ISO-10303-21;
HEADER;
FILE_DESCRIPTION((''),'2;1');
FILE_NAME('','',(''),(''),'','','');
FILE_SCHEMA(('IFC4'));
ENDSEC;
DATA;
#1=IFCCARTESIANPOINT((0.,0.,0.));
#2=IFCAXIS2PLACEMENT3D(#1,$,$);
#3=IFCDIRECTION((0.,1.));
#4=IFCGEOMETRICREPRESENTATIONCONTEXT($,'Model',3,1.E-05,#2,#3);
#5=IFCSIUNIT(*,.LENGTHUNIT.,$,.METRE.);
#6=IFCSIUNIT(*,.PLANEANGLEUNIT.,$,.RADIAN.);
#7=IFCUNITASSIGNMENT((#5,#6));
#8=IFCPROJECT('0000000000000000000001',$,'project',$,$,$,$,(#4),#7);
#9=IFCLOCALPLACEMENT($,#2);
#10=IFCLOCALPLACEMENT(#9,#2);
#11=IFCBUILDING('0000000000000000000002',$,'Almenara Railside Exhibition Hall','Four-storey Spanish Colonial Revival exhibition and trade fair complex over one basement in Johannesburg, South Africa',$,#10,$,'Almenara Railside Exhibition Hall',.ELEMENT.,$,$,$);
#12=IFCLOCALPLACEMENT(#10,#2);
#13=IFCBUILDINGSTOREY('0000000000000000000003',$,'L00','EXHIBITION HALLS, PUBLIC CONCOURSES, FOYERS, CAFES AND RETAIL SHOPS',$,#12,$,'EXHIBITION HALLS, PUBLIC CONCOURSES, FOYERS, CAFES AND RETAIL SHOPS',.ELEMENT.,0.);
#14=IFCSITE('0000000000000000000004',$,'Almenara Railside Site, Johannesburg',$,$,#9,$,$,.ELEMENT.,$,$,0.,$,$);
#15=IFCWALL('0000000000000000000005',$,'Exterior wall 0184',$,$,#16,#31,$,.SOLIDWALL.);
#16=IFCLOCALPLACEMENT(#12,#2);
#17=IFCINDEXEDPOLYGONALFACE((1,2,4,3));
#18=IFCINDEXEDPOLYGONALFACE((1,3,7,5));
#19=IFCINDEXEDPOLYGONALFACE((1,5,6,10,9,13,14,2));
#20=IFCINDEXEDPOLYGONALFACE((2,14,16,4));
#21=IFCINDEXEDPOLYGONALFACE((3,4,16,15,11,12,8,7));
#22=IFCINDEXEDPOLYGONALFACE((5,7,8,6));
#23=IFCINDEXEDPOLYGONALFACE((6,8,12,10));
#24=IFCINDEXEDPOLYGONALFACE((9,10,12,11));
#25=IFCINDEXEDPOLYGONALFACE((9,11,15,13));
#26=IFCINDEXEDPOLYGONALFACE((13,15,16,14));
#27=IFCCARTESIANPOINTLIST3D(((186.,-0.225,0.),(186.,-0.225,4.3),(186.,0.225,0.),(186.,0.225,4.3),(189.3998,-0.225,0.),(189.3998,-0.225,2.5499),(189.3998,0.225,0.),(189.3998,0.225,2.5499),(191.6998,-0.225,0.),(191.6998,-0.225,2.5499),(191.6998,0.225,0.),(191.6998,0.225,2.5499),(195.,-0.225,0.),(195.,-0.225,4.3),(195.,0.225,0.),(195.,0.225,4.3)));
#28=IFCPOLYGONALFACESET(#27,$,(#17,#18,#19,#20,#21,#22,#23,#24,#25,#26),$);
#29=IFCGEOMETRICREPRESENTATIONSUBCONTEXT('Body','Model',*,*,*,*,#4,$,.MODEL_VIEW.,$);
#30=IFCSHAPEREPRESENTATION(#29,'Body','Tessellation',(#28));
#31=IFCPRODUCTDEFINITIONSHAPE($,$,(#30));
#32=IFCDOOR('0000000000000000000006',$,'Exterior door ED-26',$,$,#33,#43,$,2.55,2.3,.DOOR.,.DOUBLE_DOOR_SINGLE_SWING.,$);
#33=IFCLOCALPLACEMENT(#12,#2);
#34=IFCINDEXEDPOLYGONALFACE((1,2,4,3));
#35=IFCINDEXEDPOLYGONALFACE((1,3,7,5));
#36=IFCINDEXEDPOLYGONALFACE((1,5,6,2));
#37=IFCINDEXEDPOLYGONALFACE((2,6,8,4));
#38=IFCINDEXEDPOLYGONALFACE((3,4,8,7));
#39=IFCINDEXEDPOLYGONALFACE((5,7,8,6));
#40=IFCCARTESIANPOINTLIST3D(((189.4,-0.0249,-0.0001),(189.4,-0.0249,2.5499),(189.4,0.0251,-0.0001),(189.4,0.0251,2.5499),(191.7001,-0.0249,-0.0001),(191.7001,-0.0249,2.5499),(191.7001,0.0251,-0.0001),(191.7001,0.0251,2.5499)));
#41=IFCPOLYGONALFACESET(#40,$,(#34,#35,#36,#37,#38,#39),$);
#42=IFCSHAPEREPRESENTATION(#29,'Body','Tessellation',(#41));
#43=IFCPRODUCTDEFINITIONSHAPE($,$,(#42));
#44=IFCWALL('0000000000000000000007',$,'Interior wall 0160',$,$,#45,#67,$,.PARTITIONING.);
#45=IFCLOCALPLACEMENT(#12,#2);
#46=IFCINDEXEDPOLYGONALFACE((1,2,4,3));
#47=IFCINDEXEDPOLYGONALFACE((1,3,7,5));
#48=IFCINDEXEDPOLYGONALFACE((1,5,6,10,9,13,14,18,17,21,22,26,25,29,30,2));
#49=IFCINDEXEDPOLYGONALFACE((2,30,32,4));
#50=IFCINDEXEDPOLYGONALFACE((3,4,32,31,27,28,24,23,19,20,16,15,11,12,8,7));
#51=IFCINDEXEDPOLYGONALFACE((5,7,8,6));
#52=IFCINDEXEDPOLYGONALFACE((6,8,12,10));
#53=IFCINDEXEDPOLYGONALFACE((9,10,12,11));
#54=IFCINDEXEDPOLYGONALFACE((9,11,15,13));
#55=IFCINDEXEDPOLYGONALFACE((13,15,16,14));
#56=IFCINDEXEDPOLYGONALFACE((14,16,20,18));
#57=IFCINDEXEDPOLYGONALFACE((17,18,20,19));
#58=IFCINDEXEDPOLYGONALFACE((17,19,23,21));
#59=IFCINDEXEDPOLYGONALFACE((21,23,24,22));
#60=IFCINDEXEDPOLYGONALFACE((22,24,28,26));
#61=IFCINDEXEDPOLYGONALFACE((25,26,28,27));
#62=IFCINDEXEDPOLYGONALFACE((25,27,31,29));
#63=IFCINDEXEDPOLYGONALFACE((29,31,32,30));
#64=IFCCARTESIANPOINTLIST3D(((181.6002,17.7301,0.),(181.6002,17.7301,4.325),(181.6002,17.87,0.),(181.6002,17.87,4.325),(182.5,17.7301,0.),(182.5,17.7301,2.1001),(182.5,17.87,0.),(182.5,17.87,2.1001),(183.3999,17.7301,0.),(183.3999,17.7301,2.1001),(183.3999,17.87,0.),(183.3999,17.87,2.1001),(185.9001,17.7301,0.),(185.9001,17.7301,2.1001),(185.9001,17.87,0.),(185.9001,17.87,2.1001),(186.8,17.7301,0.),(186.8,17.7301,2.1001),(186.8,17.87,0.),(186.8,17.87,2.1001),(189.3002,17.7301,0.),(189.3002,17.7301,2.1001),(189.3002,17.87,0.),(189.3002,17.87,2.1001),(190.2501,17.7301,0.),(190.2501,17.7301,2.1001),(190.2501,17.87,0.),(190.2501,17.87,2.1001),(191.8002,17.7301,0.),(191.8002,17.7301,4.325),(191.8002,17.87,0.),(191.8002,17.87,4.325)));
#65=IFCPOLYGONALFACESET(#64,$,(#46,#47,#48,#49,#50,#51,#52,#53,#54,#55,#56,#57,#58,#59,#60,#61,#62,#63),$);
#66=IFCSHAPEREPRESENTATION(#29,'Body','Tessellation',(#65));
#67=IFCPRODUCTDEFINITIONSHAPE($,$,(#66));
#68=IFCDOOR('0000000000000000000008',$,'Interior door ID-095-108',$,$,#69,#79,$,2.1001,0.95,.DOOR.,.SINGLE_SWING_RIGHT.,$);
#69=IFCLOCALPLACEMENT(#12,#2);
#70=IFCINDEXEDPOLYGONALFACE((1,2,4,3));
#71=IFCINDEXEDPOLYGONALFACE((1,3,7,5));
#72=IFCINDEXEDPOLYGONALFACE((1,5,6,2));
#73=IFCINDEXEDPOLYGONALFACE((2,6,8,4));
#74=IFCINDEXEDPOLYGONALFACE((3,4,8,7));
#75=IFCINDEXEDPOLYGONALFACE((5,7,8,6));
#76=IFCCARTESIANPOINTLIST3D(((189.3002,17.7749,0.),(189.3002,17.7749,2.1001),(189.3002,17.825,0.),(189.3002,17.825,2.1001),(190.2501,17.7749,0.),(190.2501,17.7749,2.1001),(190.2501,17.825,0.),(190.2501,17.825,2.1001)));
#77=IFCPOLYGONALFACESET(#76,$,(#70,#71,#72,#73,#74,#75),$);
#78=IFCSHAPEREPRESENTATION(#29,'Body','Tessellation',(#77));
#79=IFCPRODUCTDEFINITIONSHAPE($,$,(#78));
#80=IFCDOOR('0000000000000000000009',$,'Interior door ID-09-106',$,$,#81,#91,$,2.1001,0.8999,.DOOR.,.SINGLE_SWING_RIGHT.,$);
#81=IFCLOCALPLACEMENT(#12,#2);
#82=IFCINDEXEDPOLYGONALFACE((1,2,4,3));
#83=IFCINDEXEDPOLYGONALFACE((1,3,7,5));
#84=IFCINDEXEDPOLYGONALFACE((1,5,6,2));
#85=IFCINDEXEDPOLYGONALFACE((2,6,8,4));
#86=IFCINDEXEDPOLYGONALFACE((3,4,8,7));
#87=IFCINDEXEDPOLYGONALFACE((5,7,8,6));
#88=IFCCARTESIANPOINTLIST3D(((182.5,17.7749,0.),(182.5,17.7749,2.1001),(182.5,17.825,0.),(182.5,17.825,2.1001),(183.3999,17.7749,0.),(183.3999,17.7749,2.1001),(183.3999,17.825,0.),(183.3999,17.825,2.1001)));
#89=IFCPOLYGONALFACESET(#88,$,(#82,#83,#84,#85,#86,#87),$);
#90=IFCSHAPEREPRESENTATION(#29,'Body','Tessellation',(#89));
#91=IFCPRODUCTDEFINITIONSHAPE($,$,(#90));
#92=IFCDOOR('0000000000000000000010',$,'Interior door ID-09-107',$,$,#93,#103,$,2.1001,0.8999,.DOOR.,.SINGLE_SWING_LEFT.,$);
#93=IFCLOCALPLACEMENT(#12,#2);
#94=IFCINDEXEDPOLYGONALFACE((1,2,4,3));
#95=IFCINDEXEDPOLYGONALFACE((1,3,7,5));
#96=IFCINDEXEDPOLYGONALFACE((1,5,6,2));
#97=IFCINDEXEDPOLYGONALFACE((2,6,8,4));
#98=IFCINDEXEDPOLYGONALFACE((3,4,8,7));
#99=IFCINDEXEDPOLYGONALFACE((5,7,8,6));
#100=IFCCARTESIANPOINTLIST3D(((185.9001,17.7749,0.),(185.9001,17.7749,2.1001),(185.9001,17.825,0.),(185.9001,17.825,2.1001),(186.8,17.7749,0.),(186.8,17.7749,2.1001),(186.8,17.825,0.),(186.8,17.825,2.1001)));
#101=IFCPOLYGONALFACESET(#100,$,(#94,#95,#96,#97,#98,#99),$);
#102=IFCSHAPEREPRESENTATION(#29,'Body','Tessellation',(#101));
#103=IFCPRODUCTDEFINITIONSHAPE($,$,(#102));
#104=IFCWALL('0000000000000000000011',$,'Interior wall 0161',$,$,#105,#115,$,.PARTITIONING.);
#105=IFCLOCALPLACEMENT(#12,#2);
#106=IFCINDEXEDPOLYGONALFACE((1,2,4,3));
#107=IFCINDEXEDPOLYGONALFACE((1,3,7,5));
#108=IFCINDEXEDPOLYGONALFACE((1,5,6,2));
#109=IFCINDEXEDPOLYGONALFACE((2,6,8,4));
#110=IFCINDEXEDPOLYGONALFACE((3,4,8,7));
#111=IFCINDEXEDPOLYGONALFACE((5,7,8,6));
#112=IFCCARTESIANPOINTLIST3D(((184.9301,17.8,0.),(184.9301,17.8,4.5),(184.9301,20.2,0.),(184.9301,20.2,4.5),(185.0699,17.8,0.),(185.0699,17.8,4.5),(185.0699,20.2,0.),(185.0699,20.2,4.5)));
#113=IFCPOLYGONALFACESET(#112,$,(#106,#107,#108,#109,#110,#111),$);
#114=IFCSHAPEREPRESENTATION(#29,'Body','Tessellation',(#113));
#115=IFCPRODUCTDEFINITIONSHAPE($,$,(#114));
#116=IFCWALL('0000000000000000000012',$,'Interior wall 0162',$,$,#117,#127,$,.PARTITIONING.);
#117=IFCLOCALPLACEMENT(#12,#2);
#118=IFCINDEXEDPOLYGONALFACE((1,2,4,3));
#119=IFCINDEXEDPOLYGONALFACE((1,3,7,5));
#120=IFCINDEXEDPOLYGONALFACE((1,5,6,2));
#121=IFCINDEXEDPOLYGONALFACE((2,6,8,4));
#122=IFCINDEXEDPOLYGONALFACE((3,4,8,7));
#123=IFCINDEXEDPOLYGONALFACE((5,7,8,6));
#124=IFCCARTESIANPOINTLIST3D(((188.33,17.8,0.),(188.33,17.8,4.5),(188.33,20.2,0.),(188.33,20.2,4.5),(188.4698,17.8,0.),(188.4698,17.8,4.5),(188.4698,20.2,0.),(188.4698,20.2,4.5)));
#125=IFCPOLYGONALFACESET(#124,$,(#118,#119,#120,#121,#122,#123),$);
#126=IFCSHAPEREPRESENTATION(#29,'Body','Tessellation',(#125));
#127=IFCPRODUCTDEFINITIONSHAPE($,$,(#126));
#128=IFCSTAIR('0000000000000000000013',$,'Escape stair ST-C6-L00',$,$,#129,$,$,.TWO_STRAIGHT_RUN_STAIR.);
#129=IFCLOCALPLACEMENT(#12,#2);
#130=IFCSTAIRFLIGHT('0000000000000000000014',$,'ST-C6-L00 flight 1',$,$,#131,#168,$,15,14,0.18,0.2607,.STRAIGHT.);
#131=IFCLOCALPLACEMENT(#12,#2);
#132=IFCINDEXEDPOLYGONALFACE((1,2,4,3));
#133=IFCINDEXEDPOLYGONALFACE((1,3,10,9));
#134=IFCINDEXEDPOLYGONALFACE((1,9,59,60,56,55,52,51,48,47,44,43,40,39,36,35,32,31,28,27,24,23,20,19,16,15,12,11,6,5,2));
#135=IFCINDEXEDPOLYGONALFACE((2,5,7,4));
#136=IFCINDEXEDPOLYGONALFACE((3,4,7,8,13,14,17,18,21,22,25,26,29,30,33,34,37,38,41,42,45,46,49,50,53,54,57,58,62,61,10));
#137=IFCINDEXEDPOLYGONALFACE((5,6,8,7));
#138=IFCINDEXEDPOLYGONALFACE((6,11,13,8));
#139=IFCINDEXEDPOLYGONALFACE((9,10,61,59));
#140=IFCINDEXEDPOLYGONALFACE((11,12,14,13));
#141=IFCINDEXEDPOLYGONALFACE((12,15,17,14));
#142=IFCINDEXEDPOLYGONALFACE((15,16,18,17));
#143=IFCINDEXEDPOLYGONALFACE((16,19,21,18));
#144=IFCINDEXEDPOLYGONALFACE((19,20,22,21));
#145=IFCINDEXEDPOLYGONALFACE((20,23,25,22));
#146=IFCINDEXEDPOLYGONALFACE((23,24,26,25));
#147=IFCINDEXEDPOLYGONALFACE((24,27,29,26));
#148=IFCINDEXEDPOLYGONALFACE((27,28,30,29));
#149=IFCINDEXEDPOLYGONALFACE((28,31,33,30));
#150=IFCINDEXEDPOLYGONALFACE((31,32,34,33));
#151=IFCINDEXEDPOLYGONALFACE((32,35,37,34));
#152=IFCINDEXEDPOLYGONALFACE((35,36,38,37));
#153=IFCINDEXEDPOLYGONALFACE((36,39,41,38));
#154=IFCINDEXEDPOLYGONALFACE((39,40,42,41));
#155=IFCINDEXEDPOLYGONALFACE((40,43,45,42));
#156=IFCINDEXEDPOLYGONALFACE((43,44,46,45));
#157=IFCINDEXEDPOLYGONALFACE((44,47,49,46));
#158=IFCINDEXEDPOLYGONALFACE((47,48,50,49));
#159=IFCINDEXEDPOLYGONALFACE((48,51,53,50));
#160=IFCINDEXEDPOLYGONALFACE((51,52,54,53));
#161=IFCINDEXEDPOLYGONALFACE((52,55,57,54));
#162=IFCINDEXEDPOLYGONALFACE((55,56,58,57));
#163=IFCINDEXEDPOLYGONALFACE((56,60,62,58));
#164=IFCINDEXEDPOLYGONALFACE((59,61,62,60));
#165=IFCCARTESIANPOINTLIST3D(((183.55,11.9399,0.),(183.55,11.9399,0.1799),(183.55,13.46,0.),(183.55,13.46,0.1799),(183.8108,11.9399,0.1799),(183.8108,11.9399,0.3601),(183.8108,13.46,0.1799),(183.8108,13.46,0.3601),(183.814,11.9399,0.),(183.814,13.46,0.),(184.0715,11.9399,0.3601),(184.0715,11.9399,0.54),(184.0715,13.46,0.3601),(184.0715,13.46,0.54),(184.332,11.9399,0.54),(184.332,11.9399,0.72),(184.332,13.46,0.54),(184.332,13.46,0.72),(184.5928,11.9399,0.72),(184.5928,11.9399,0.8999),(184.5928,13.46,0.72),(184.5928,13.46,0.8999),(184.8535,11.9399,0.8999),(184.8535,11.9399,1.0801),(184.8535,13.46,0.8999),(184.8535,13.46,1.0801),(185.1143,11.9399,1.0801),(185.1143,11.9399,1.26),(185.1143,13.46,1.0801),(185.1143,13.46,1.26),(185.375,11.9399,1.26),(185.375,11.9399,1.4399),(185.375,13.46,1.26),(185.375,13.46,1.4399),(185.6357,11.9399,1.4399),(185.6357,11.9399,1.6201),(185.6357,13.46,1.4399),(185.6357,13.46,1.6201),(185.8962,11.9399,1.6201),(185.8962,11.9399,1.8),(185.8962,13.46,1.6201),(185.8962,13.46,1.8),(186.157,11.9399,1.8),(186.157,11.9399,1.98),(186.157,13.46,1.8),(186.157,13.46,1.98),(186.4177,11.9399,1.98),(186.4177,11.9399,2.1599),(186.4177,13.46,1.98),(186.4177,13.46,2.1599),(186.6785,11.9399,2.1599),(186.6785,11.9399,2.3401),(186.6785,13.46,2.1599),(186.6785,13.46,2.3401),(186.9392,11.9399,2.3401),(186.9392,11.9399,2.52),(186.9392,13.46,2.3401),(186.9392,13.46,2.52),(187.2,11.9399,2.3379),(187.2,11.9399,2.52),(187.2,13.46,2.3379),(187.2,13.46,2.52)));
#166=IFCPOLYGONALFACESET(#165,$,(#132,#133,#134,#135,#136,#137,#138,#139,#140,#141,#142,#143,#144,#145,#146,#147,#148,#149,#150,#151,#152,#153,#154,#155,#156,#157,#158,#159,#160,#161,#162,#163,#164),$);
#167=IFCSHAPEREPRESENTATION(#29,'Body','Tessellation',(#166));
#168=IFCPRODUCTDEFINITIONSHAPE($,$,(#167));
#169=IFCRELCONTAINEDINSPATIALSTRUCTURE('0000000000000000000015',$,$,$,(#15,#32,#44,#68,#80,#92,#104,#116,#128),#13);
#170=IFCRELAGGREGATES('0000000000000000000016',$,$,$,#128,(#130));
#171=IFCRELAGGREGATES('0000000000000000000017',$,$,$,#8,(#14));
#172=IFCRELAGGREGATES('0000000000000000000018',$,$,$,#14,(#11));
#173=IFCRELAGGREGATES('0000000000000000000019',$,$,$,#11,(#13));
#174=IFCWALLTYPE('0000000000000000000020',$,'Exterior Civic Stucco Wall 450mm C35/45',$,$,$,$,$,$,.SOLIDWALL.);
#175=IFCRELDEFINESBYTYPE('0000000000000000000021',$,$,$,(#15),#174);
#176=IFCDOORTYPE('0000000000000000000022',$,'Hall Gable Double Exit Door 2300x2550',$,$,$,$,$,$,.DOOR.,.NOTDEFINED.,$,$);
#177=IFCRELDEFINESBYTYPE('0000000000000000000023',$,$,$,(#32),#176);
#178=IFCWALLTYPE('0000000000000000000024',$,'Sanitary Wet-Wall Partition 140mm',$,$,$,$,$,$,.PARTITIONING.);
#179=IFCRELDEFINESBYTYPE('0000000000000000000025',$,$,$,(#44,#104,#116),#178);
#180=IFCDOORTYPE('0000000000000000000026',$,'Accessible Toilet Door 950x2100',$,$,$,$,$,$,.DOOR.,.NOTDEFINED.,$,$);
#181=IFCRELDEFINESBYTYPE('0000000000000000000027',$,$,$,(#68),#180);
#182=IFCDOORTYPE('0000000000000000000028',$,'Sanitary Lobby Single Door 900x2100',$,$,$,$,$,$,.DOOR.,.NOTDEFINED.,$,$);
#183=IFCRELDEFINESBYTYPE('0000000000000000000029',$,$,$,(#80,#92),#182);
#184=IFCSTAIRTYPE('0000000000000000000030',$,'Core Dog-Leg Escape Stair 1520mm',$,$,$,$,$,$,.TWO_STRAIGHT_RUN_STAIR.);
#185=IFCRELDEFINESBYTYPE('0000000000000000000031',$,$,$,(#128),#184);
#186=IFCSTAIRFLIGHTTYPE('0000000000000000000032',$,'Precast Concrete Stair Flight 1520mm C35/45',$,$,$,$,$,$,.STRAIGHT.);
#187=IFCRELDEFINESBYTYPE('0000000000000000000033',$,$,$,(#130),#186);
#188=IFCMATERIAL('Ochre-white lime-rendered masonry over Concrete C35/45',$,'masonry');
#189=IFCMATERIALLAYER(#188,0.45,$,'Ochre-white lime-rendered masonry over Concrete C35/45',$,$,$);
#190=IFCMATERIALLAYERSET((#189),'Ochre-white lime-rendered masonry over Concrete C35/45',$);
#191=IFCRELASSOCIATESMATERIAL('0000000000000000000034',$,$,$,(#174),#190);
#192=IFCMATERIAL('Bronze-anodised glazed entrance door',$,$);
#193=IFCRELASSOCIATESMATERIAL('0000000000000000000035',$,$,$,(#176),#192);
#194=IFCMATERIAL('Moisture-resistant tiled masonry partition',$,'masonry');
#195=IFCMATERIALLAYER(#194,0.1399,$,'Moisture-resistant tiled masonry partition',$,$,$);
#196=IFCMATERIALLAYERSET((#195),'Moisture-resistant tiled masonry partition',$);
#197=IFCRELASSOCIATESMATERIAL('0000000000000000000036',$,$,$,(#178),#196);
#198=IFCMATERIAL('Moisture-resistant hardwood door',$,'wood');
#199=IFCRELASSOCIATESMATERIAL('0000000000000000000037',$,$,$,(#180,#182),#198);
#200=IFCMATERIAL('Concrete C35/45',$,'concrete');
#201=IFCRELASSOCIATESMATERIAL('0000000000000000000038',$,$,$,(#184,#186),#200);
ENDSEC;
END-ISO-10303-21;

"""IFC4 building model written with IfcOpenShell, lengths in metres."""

from ifc_helpers import new_model, si_unit, direction, frame, frame_2d, origin, place, context, subcontext, project, spatial, polyline, rectangle, outline, extrude, material, layer, layer_set, type_object, element, fill, aggregate, save


model = new_model("IFC4")

# Units and contexts
model_context = context("Model", 3, precision=1e-05, world=origin(), true_north=direction((0.0, 1.0)))
body_context = subcontext(model_context, "Body", "Model", "MODEL_VIEW")
ifc_project = project(units=[si_unit("LENGTHUNIT", "METRE"), si_unit("PLANEANGLEUNIT", "RADIAN")], contexts=[model_context])

# Site, building, storey
site_placement = place(None, origin())
site = spatial("IfcSite", under=ifc_project, at=site_placement, Name="Almenara Railside Site, Johannesburg", CompositionType="ELEMENT", RefElevation=0.0)
building_placement = place(site_placement, origin())
building = spatial("IfcBuilding", under=site, at=building_placement, Name="Almenara Railside Exhibition Hall", Description="Four-storey Spanish Colonial Revival exhibition and trade fair complex over one basement in Johannesburg, South Africa", LongName="Almenara Railside Exhibition Hall", CompositionType="ELEMENT")
storey_placement = place(building_placement, origin())
storey = spatial("IfcBuildingStorey", under=building, at=storey_placement, Name="L00", Description="EXHIBITION HALLS, PUBLIC CONCOURSES, FOYERS, CAFES AND RETAIL SHOPS", LongName="EXHIBITION HALLS, PUBLIC CONCOURSES, FOYERS, CAFES AND RETAIL SHOPS", CompositionType="ELEMENT", Elevation=0.0)

# Shared definitions
ifc_material_1 = material(Name="Concrete C35/45", Category="concrete")

# Wall, opening, door
ifc_material_2 = material(Name="Ochre-white lime-rendered masonry over Concrete C35/45", Category="masonry")
ifc_layer_1 = layer(ifc_material_2, 0.45, Name="Ochre-white lime-rendered masonry over Concrete C35/45")
ifc_layer_set_1 = layer_set([ifc_layer_1], Name="Ochre-white lime-rendered masonry over Concrete C35/45")
wall_type_1 = type_object("IfcWallType", Name="Exterior Civic Stucco Wall 450mm C35/45", PredefinedType="SOLIDWALL", material=ifc_layer_set_1)
wall_1_placement = place(storey_placement, frame((186.0, 0.0, 0.0), z_axis=(0.0, 0.0, 1.0), x_axis=(1.0, 0.0, 0.0)))
wall_1 = element("IfcWall", 1, at=wall_1_placement, inside=storey, type_object=wall_type_1, Name="Exterior wall 0184", PredefinedType="SOLIDWALL", context=body_context, shape_type="SweptSolid", body=[
    extrude(rectangle(XDim=9.0, YDim=0.45, at=frame_2d((4.5, 0.0))), origin(), (0.0, 0.0, 1.0), 4.3),
])
opening_1_placement = place(wall_1_placement, frame((3.3999, 0.0, 0.0)))
opening_1 = element("IfcOpeningElement", 2, at=opening_1_placement, cuts=wall_1, PredefinedType="OPENING", context=body_context, shape_type="SweptSolid", body=[
    extrude(rectangle(XDim=2.3, YDim=2.55, at=frame_2d((1.1499, 1.2749))), frame((0.0, 0.2349, 0.0), z_axis=(0.0, -1.0, 0.0), x_axis=(1.0, 0.0, 0.0)), (0.0, 0.0, 1.0), 0.47),
])
ifc_material_3 = material(Name="Bronze-anodised glazed entrance door")
door_type_1 = type_object("IfcDoorType", Name="Hall Gable Double Exit Door 2300x2550", OperationType="NOTDEFINED", PredefinedType="DOOR", material=ifc_material_3)
door_1_placement = place(opening_1_placement, frame((2.3, 0.0, 0.0), z_axis=(0.0, 0.0, 1.0), x_axis=(-1.0, 0.0, 0.0)))
door_1 = element("IfcDoor", 3, at=door_1_placement, inside=storey, type_object=door_type_1, Name="Exterior door ED-26", OperationType="DOUBLE_DOOR_SINGLE_SWING", OverallHeight=2.55, OverallWidth=2.3, PredefinedType="DOOR", context=body_context, shape_type="SweptSolid", body=[
    extrude(rectangle(XDim=2.3, YDim=2.55, at=frame_2d((1.1499, 1.2749))), frame((0.0, 0.0249, 0.0), z_axis=(0.0, -1.0, 0.0), x_axis=(1.0, 0.0, 0.0)), (0.0, 0.0, 1.0), 0.05),
])
fill(opening_1, door_1)

# Wall, openings, doors
ifc_material_4 = material(Name="Moisture-resistant tiled masonry partition", Category="masonry")
ifc_layer_2 = layer(ifc_material_4, 0.1399, Name="Moisture-resistant tiled masonry partition")
ifc_layer_set_2 = layer_set([ifc_layer_2], Name="Moisture-resistant tiled masonry partition")
wall_type_2 = type_object("IfcWallType", Name="Sanitary Wet-Wall Partition 140mm", PredefinedType="PARTITIONING", material=ifc_layer_set_2)
wall_2_placement = place(storey_placement, frame((181.6001, 17.8, 0.0), z_axis=(0.0, 0.0, 1.0), x_axis=(1.0, 0.0, 0.0)))
wall_2 = element("IfcWall", 4, at=wall_2_placement, inside=storey, type_object=wall_type_2, Name="Interior wall 0160", PredefinedType="PARTITIONING", context=body_context, shape_type="SweptSolid", body=[
    extrude(rectangle(XDim=10.2, YDim=0.1399, at=frame_2d((5.1001, 0.0))), origin(), (0.0, 0.0, 1.0), 4.325),
])
opening_2_placement = place(wall_2_placement, frame((0.8999, 0.0, 0.0)))
opening_2 = element("IfcOpeningElement", 5, at=opening_2_placement, cuts=wall_2, PredefinedType="OPENING", context=body_context, shape_type="SweptSolid", body=[
    extrude(rectangle(XDim=0.8999, YDim=2.1001, at=frame_2d((0.45, 1.05))), frame((0.0, 0.0798, 0.0), z_axis=(0.0, -1.0, 0.0), x_axis=(1.0, 0.0, 0.0)), (0.0, 0.0, 1.0), 0.1599),
])
opening_3_placement = place(wall_2_placement, frame((4.3, 0.0, 0.0)))
opening_3 = element("IfcOpeningElement", 6, at=opening_3_placement, cuts=wall_2, PredefinedType="OPENING", context=body_context, shape_type="SweptSolid", body=[
    extrude(rectangle(XDim=0.8999, YDim=2.1001, at=frame_2d((0.45, 1.05))), frame((0.0, 0.0798, 0.0), z_axis=(0.0, -1.0, 0.0), x_axis=(1.0, 0.0, 0.0)), (0.0, 0.0, 1.0), 0.1599),
])
opening_4_placement = place(wall_2_placement, frame((7.7, 0.0, 0.0)))
opening_4 = element("IfcOpeningElement", 7, at=opening_4_placement, cuts=wall_2, PredefinedType="OPENING", context=body_context, shape_type="SweptSolid", body=[
    extrude(rectangle(XDim=0.95, YDim=2.1001, at=frame_2d((0.4751, 1.05))), frame((0.0, 0.0798, 0.0), z_axis=(0.0, -1.0, 0.0), x_axis=(1.0, 0.0, 0.0)), (0.0, 0.0, 1.0), 0.1599),
])
ifc_material_5 = material(Name="Moisture-resistant hardwood door", Category="wood")
door_type_2 = type_object("IfcDoorType", Name="Accessible Toilet Door 950x2100", OperationType="NOTDEFINED", PredefinedType="DOOR", material=ifc_material_5)
door_2_placement = place(opening_4_placement, origin())
door_2 = element("IfcDoor", 8, at=door_2_placement, inside=storey, type_object=door_type_2, Name="Interior door ID-095-108", OperationType="SINGLE_SWING_RIGHT", OverallHeight=2.1001, OverallWidth=0.95, PredefinedType="DOOR", context=body_context, shape_type="SweptSolid", body=[
    extrude(rectangle(XDim=0.95, YDim=2.1001, at=frame_2d((0.4751, 1.05))), frame((0.0, 0.0249, 0.0), z_axis=(0.0, -1.0, 0.0), x_axis=(1.0, 0.0, 0.0)), (0.0, 0.0, 1.0), 0.05),
])
fill(opening_4, door_2)
door_type_3 = type_object("IfcDoorType", Name="Sanitary Lobby Single Door 900x2100", OperationType="NOTDEFINED", PredefinedType="DOOR", material=ifc_material_5)
door_3_placement = place(opening_2_placement, origin())
door_3 = element("IfcDoor", 9, at=door_3_placement, inside=storey, type_object=door_type_3, Name="Interior door ID-09-106", OperationType="SINGLE_SWING_RIGHT", OverallHeight=2.1001, OverallWidth=0.8999, PredefinedType="DOOR", context=body_context, shape_type="SweptSolid", body=[
    extrude(rectangle(XDim=0.8999, YDim=2.1001, at=frame_2d((0.45, 1.05))), frame((0.0, 0.0249, 0.0), z_axis=(0.0, -1.0, 0.0), x_axis=(1.0, 0.0, 0.0)), (0.0, 0.0, 1.0), 0.05),
])
fill(opening_2, door_3)
door_4_placement = place(opening_3_placement, origin())
door_4 = element("IfcDoor", 10, at=door_4_placement, inside=storey, type_object=door_type_3, Name="Interior door ID-09-107", OperationType="SINGLE_SWING_LEFT", OverallHeight=2.1001, OverallWidth=0.8999, PredefinedType="DOOR", context=body_context, shape_type="SweptSolid", body=[
    extrude(rectangle(XDim=0.8999, YDim=2.1001, at=frame_2d((0.45, 1.05))), frame((0.0, 0.0249, 0.0), z_axis=(0.0, -1.0, 0.0), x_axis=(1.0, 0.0, 0.0)), (0.0, 0.0, 1.0), 0.05),
])
fill(opening_3, door_4)

# Walls
for number, where, z_axis, x_axis, name in (
    (11, (185.0, 17.8, 0.0), (0.0, 0.0, 1.0), (0.0, 1.0, 0.0), "Interior wall 0161"),
    (12, (188.3999, 17.8, 0.0), (0.0, 0.0, 1.0), (0.0, 1.0, 0.0), "Interior wall 0162"),
):
    element("IfcWall", number, at=place(storey_placement, frame(where, z_axis=z_axis, x_axis=x_axis)), inside=storey, type_object=wall_type_2, Name=name, PredefinedType="PARTITIONING", context=body_context, shape_type="SweptSolid", body=[
        extrude(rectangle(XDim=2.3999, YDim=0.1399, at=frame_2d((1.2, 0.0))), origin(), (0.0, 0.0, 1.0), 4.5),
    ])

# Stair, stair flight
stair_type = type_object("IfcStairType", Name="Core Dog-Leg Escape Stair 1520mm", PredefinedType="TWO_STRAIGHT_RUN_STAIR", material=ifc_material_1)
stair_placement = place(storey_placement, origin())
stair = element("IfcStair", 13, at=stair_placement, inside=storey, type_object=stair_type, Name="Escape stair ST-C6-L00", PredefinedType="TWO_STRAIGHT_RUN_STAIR")
stair_flight_type = type_object("IfcStairFlightType", Name="Precast Concrete Stair Flight 1520mm C35/45", PredefinedType="STRAIGHT", material=ifc_material_1)
stair_flight_1_placement = place(storey_placement, frame((183.55, 12.7, 0.0), z_axis=(0.0, 0.0, 1.0), x_axis=(1.0, 0.0, 0.0)))
stair_flight_1 = element("IfcStairFlight", 14, at=stair_flight_1_placement, type_object=stair_flight_type, Name="ST-C6-L00 flight 1", NumberOfRisers=15, NumberOfTreads=14, PredefinedType="STRAIGHT", RiserHeight=0.18, TreadLength=0.2607, context=body_context, shape_type="SweptSolid", body=[
    extrude(outline(polyline([(0.0, 0.0), (0.0, 0.1799), (0.2607, 0.1799), (0.2607, 0.3601), (0.5215, 0.3601), (0.5215, 0.54), (0.782, 0.54), (0.782, 0.72), (1.0427, 0.72), (1.0427, 0.8999), (1.3035, 0.8999), (1.3035, 1.0801), (1.5642, 1.0801), (1.5642, 1.26), (1.825, 1.26), (1.825, 1.4399), (2.0857, 1.4399), (2.0857, 1.6201), (2.3462, 1.6201), (2.3462, 1.8), (2.6069, 1.8), (2.6069, 1.98), (2.8677, 1.98), (2.8677, 2.1599), (3.1284, 2.1599), (3.1284, 2.3401), (3.3892, 2.3401), (3.3892, 2.52), (3.6499, 2.52), (3.6499, 2.7), (3.6499, 2.3379), (0.2639, 0.0), (0.0, 0.0)])), frame((0.0, 0.76, 0.0), z_axis=(0.0, -1.0, 0.0), x_axis=(1.0, 0.0, 0.0)), (0.0, 0.0, 1.0), 1.52),
])
aggregate(stair, [stair_flight_1])

save(model, "model.ifc")
